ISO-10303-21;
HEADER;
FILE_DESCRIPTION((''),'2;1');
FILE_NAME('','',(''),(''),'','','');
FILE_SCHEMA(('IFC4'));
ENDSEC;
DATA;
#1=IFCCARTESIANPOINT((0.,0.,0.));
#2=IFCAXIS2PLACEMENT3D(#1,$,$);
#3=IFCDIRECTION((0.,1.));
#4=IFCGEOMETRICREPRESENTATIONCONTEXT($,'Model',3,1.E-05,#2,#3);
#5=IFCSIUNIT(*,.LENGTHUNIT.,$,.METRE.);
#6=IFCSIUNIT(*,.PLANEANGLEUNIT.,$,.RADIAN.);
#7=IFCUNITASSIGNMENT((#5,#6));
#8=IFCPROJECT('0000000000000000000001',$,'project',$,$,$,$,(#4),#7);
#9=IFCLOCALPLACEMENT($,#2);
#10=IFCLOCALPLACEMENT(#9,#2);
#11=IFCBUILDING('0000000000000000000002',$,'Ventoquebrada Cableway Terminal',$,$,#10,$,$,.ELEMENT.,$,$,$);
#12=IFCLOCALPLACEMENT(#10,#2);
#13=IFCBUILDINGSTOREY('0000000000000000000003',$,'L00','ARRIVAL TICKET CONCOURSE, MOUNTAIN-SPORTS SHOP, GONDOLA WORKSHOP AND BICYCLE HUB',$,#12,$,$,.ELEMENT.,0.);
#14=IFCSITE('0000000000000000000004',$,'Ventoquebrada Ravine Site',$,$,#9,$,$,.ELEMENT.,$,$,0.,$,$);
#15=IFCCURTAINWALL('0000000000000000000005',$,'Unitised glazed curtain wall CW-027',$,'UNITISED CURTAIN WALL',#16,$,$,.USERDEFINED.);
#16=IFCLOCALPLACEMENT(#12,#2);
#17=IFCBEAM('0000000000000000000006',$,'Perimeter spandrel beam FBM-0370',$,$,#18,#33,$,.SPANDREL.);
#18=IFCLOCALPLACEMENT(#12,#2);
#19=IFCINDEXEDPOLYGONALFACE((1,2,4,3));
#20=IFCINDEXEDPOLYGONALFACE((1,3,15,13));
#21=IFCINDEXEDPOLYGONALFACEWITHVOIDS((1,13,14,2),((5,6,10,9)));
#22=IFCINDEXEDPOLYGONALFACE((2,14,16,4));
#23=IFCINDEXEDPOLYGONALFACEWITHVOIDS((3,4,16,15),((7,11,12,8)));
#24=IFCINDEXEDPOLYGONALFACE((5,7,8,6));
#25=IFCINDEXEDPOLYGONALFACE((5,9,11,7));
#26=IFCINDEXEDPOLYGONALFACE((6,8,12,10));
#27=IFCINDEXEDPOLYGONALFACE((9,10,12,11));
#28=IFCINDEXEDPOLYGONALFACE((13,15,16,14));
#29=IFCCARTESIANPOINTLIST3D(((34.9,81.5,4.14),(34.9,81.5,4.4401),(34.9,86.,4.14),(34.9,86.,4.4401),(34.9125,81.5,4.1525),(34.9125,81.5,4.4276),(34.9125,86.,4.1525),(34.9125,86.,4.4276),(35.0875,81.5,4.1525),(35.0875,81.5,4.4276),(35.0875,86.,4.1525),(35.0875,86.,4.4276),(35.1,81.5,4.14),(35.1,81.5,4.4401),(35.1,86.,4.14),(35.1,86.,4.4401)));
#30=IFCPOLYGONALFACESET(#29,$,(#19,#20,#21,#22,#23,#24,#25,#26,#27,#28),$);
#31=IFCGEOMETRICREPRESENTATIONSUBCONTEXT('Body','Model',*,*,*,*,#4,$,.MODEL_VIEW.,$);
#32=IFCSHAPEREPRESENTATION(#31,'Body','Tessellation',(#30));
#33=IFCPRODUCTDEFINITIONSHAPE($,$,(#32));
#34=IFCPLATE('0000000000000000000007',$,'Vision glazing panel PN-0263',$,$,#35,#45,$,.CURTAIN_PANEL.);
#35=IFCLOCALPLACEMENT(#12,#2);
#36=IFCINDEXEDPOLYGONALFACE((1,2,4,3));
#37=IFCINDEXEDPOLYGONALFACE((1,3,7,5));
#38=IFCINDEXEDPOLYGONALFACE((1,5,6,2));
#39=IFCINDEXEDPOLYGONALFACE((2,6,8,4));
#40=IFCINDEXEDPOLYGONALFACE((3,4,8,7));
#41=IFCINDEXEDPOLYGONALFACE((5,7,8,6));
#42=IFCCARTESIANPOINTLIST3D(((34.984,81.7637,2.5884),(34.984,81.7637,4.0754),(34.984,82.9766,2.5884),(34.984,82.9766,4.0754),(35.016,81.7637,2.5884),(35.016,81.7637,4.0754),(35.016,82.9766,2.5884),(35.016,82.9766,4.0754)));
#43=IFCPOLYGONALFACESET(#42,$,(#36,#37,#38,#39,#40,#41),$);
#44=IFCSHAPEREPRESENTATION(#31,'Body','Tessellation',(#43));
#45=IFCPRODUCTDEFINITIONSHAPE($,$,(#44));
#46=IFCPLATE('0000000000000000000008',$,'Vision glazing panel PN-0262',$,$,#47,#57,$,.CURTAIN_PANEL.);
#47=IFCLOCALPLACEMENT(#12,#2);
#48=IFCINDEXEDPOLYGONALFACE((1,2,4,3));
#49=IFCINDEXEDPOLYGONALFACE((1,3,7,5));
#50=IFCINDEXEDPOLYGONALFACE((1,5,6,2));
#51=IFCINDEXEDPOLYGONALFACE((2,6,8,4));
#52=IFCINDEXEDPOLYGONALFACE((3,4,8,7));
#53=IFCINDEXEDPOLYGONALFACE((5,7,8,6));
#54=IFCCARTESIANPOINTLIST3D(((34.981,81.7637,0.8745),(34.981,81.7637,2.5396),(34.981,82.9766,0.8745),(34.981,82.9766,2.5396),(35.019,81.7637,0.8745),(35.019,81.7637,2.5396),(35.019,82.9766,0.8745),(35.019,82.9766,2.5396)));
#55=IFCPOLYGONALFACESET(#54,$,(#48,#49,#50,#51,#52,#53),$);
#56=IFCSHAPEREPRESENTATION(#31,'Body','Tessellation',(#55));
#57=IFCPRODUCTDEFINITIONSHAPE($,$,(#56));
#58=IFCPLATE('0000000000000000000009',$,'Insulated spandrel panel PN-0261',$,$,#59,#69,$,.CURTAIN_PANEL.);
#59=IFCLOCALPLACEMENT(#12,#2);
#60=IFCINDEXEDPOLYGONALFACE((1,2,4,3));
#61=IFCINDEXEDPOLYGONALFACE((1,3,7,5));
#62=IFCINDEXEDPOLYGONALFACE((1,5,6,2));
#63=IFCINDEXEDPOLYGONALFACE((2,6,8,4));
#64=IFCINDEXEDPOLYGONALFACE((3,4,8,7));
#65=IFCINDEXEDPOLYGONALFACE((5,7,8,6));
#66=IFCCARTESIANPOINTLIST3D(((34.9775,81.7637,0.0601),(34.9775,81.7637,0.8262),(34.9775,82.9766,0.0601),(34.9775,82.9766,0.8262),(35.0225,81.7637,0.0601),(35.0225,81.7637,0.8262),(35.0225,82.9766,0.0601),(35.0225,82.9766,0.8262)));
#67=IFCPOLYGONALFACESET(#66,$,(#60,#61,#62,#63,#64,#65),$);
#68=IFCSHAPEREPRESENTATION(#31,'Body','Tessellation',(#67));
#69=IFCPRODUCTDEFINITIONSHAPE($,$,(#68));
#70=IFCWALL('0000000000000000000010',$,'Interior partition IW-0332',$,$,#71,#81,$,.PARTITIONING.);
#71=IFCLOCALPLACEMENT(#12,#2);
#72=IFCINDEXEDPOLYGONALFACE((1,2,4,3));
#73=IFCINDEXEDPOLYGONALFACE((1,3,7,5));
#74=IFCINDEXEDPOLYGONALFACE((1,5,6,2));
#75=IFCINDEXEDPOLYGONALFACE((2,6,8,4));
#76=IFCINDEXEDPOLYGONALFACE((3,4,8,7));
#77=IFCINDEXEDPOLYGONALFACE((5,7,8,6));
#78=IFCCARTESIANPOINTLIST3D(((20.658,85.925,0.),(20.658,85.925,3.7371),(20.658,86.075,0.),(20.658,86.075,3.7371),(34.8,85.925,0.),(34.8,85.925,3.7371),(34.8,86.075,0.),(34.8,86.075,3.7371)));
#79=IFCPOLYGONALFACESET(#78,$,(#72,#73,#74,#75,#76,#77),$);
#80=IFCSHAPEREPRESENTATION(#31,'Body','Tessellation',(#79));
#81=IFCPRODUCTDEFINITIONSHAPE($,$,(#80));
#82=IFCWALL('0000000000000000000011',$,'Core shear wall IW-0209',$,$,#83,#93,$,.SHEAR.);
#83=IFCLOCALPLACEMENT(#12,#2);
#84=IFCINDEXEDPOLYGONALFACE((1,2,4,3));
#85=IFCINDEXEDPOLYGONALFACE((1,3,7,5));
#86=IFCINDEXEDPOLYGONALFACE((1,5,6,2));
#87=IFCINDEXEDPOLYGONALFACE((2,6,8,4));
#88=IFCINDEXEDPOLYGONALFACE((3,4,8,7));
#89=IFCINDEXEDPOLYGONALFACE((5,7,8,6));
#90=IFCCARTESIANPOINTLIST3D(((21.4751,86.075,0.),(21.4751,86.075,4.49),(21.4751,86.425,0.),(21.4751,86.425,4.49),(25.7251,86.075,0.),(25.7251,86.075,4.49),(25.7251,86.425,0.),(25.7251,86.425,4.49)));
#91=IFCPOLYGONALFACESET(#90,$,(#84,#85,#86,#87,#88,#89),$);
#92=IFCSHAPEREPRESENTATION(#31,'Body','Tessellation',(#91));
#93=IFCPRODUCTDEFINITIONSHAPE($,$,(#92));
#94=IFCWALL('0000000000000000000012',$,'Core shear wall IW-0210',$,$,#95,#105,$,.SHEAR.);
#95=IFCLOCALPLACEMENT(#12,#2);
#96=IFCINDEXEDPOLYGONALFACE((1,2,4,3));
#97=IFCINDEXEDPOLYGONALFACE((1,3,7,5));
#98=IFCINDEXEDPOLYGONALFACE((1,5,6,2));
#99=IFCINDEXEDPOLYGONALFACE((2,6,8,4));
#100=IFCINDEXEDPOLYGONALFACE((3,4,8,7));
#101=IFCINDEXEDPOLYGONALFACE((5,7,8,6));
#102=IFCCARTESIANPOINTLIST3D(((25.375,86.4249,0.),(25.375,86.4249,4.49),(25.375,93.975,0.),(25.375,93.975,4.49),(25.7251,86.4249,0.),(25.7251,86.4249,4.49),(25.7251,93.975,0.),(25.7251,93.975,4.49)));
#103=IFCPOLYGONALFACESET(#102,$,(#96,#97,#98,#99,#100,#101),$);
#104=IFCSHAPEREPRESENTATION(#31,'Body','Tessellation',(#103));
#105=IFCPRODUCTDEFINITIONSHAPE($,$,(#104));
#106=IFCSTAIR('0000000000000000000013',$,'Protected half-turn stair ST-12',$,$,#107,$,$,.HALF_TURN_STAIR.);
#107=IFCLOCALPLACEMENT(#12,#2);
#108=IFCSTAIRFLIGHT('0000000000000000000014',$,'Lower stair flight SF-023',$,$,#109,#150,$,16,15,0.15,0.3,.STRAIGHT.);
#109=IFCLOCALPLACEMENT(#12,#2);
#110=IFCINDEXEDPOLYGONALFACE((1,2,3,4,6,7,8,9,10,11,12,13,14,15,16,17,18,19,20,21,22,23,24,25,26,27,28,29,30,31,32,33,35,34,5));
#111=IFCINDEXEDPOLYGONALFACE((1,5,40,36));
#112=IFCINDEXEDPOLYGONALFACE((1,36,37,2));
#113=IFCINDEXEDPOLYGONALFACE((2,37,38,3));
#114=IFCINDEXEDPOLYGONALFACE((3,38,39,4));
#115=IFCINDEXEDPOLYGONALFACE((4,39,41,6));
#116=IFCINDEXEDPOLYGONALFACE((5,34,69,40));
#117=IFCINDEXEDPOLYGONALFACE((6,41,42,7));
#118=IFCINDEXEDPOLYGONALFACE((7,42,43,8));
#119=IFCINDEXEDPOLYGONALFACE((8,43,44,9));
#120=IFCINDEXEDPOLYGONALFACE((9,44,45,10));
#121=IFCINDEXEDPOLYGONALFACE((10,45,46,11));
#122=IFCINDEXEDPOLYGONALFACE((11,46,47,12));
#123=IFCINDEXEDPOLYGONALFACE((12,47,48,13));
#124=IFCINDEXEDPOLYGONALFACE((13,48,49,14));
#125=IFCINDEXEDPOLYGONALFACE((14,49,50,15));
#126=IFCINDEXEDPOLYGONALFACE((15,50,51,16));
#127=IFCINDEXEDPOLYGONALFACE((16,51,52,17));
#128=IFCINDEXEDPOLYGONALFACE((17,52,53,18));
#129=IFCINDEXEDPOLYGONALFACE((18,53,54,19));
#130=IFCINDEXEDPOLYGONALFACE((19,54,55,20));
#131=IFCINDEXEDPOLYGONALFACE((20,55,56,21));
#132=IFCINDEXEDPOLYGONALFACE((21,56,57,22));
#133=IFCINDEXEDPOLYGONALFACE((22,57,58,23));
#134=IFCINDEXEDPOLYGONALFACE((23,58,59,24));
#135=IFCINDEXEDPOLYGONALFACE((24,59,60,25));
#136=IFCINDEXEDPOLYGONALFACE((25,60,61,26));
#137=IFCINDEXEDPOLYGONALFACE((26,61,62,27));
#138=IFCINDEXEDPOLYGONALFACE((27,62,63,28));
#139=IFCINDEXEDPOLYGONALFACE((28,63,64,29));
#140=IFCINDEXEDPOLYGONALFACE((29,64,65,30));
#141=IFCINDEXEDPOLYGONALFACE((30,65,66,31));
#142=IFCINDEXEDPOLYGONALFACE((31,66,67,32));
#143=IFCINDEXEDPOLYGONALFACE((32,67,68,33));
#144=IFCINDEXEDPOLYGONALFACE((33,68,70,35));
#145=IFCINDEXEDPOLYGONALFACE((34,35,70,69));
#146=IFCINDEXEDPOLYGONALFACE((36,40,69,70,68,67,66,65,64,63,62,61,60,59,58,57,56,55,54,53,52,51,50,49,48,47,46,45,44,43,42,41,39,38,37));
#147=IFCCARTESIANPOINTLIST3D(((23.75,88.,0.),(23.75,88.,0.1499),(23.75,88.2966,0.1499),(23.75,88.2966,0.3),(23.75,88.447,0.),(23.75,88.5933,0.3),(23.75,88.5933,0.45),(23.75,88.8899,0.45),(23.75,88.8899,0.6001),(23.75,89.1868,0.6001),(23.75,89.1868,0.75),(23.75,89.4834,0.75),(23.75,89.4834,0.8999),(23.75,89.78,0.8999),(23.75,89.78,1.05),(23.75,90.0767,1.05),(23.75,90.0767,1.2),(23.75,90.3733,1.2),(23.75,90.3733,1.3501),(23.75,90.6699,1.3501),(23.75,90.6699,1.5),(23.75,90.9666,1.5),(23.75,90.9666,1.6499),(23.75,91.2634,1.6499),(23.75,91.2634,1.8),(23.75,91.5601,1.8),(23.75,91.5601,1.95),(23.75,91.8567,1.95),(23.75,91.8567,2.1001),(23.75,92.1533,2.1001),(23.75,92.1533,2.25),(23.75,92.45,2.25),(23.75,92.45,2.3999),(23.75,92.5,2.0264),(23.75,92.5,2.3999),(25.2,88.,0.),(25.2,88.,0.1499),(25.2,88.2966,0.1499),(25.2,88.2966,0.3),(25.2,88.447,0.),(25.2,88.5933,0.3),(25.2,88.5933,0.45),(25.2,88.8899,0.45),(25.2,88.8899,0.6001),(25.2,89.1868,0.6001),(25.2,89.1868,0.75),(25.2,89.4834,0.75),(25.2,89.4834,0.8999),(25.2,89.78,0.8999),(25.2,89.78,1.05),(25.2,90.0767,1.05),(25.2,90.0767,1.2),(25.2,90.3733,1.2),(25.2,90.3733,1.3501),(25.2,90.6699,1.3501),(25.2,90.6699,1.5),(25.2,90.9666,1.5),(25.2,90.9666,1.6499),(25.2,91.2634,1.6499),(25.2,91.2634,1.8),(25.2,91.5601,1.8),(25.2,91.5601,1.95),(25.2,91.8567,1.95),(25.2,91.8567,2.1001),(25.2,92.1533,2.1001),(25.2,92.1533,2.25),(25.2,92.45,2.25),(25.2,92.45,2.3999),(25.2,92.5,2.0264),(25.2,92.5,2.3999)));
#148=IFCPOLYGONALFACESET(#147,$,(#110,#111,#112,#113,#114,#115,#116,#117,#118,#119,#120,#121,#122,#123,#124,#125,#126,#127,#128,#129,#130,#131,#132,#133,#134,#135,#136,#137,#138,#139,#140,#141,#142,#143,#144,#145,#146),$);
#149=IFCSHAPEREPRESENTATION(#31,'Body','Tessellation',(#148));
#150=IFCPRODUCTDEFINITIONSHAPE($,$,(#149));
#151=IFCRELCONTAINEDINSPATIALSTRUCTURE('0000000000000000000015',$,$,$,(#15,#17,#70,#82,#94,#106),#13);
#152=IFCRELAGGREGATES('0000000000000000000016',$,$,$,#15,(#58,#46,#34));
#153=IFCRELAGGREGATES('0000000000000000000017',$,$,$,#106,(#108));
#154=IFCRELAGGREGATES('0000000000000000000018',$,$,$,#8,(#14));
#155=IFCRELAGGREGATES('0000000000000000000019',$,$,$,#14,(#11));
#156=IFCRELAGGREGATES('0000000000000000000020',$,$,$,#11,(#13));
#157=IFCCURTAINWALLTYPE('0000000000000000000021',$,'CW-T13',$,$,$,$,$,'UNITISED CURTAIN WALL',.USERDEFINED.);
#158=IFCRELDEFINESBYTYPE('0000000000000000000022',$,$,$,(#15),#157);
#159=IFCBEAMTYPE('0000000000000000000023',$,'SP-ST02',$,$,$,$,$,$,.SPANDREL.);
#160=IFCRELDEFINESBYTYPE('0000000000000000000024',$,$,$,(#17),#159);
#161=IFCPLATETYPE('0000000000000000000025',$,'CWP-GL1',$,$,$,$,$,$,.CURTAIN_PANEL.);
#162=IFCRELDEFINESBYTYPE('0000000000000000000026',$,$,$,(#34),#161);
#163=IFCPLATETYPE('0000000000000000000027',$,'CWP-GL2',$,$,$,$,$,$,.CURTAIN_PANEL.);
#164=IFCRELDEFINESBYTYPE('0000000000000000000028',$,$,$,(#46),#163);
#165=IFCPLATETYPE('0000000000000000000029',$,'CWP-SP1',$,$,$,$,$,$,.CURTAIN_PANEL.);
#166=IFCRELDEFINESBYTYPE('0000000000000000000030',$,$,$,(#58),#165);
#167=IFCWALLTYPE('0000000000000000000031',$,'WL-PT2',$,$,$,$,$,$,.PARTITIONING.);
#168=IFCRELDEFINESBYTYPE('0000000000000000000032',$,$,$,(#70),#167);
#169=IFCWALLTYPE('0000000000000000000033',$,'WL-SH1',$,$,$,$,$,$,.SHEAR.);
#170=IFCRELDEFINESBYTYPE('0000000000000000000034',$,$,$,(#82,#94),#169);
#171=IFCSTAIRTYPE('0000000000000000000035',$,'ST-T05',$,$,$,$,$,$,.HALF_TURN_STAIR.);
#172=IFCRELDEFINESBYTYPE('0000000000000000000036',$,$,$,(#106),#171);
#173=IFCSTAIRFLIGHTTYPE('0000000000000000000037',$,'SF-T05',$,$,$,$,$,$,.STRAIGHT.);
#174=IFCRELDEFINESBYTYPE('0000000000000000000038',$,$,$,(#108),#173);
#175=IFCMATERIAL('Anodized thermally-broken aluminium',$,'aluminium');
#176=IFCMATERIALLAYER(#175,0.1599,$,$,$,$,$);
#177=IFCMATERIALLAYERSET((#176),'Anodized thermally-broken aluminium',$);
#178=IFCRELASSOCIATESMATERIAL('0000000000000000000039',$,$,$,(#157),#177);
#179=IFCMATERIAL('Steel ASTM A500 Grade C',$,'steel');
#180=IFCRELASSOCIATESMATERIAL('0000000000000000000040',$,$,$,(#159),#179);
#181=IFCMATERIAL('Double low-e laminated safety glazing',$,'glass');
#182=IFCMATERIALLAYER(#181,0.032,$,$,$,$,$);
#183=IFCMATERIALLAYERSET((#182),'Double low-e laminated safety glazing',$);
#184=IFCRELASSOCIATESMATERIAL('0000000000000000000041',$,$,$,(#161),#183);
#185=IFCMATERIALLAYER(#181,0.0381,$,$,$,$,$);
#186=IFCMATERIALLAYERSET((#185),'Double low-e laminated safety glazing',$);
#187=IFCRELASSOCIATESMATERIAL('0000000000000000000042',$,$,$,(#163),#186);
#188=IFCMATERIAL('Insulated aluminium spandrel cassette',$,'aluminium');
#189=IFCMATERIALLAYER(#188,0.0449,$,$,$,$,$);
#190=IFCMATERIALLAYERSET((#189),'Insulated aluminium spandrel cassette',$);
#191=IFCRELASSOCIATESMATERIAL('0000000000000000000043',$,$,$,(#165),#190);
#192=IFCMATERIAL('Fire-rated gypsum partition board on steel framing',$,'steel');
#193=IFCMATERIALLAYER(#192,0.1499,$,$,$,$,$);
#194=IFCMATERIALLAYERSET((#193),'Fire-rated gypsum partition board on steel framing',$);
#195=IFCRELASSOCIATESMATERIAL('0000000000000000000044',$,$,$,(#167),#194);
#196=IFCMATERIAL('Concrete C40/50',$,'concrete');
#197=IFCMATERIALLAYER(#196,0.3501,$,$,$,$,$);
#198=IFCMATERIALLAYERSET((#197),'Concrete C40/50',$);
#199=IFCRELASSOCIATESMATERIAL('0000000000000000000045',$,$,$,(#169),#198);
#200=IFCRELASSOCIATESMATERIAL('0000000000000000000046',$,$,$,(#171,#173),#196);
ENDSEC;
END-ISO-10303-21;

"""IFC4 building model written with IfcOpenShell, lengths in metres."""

from ifc_helpers import new_model, si_unit, direction, frame, frame_2d, origin, origin_2d, place, context, subcontext, project, spatial, polyline, rectangle, hollow_rectangle, outline, extrude, material, layer, layer_set, material_profile, profile_set, type_object, element, aggregate, save


model = new_model("IFC4")

# Units and contexts
model_context = context("Model", 3, precision=1e-05, world=origin(), true_north=direction((0.0, 1.0)))
body_context = subcontext(model_context, "Body", "Model", "MODEL_VIEW")
ifc_project = project(units=[si_unit("LENGTHUNIT", "METRE"), si_unit("PLANEANGLEUNIT", "RADIAN")], contexts=[model_context])

# Site, building, storey
site_placement = place(None, origin())
site = spatial("IfcSite", under=ifc_project, at=site_placement, Name="Ventoquebrada Ravine Site", CompositionType="ELEMENT", RefElevation=0.0)
building_placement = place(site_placement, origin())
building = spatial("IfcBuilding", under=site, at=building_placement, Name="Ventoquebrada Cableway Terminal", CompositionType="ELEMENT")
storey_placement = place(building_placement, origin())
storey = spatial("IfcBuildingStorey", under=building, at=storey_placement, Name="L00", Description="ARRIVAL TICKET CONCOURSE, MOUNTAIN-SPORTS SHOP, GONDOLA WORKSHOP AND BICYCLE HUB", CompositionType="ELEMENT", Elevation=0.0)

# Shared definitions
ifc_material_1 = material(Name="Concrete C40/50", Category="concrete")

# Curtain wall
ifc_material_2 = material(Name="Anodized thermally-broken aluminium", Category="aluminium")
ifc_layer_1 = layer(ifc_material_2, 0.1599)
ifc_layer_set_1 = layer_set([ifc_layer_1], Name="Anodized thermally-broken aluminium")
curtain_wall_type = type_object("IfcCurtainWallType", Name="CW-T13", ElementType="UNITISED CURTAIN WALL", PredefinedType="USERDEFINED", material=ifc_layer_set_1)
curtain_wall_placement = place(storey_placement, origin())
curtain_wall = element("IfcCurtainWall", 1, at=curtain_wall_placement, inside=storey, type_object=curtain_wall_type, Name="Unitised glazed curtain wall CW-027", ObjectType="UNITISED CURTAIN WALL", PredefinedType="USERDEFINED")

# Beam
ifc_material_3 = material(Name="Steel ASTM A500 Grade C", Category="steel")
ifc_material_profile_1 = material_profile(ifc_material_3, hollow_rectangle(XDim=0.2, YDim=0.3, WallThickness=0.0125, at=origin_2d()), Name="RHS300X200X12.5")
ifc_profile_set_1 = profile_set([ifc_material_profile_1], Name="Steel ASTM A500 Grade C")
beam_type_1 = type_object("IfcBeamType", Name="SP-ST02", PredefinedType="SPANDREL", material=ifc_profile_set_1)
beam_1_placement = place(storey_placement, frame((35.0, 81.5, 4.29), z_axis=(0.0, 1.0, 0.0), x_axis=(-1.0, 0.0, 0.0)))
element("IfcBeam", 2, at=beam_1_placement, inside=storey, type_object=beam_type_1, Name="Perimeter spandrel beam FBM-0370", PredefinedType="SPANDREL", context=body_context, shape_type="SweptSolid", body=[
    extrude(hollow_rectangle(XDim=0.2, YDim=0.3, WallThickness=0.0125, at=origin_2d()), origin(), (0.0, 0.0, 1.0), 4.5),
])

# Plates
ifc_material_4 = material(Name="Double low-e laminated safety glazing", Category="glass")
ifc_layer_2 = layer(ifc_material_4, 0.032)
ifc_layer_set_2 = layer_set([ifc_layer_2], Name="Double low-e laminated safety glazing")
plate_type_1 = type_object("IfcPlateType", Name="CWP-GL1", PredefinedType="CURTAIN_PANEL", material=ifc_layer_set_2)
plate_1_placement = place(storey_placement, frame((35.0, 82.3701, 2.5884), z_axis=(0.0, 0.0, 1.0), x_axis=(0.0, 1.0, 0.0)))
plate_1 = element("IfcPlate", 3, at=plate_1_placement, type_object=plate_type_1, Name="Vision glazing panel PN-0263", PredefinedType="CURTAIN_PANEL", context=body_context, shape_type="SweptSolid", body=[
    extrude(rectangle(XDim=1.2129, YDim=0.032, at=origin_2d()), origin(), (0.0, 0.0, 1.0), 1.4871),
])
ifc_layer_3 = layer(ifc_material_4, 0.0381)
ifc_layer_set_3 = layer_set([ifc_layer_3], Name="Double low-e laminated safety glazing")
plate_type_2 = type_object("IfcPlateType", Name="CWP-GL2", PredefinedType="CURTAIN_PANEL", material=ifc_layer_set_3)
plate_2_placement = place(storey_placement, frame((35.0, 82.3701, 0.8745), z_axis=(0.0, 0.0, 1.0), x_axis=(0.0, 1.0, 0.0)))
plate_2 = element("IfcPlate", 4, at=plate_2_placement, type_object=plate_type_2, Name="Vision glazing panel PN-0262", PredefinedType="CURTAIN_PANEL", context=body_context, shape_type="SweptSolid", body=[
    extrude(rectangle(XDim=1.2129, YDim=0.0381, at=origin_2d()), origin(), (0.0, 0.0, 1.0), 1.665),
])
ifc_material_5 = material(Name="Insulated aluminium spandrel cassette", Category="aluminium")
ifc_layer_4 = layer(ifc_material_5, 0.0449)
ifc_layer_set_4 = layer_set([ifc_layer_4], Name="Insulated aluminium spandrel cassette")
plate_type_3 = type_object("IfcPlateType", Name="CWP-SP1", PredefinedType="CURTAIN_PANEL", material=ifc_layer_set_4)
plate_3_placement = place(storey_placement, frame((35.0, 82.3701, 0.0601), z_axis=(0.0, 0.0, 1.0), x_axis=(0.0, 1.0, 0.0)))
plate_3 = element("IfcPlate", 5, at=plate_3_placement, type_object=plate_type_3, Name="Insulated spandrel panel PN-0261", PredefinedType="CURTAIN_PANEL", context=body_context, shape_type="SweptSolid", body=[
    extrude(rectangle(XDim=1.2129, YDim=0.0449, at=origin_2d()), origin(), (0.0, 0.0, 1.0), 0.7661),
])
aggregate(curtain_wall, [plate_3, plate_2, plate_1])

# Walls
ifc_material_6 = material(Name="Fire-rated gypsum partition board on steel framing", Category="steel")
ifc_layer_5 = layer(ifc_material_6, 0.1499)
ifc_layer_set_5 = layer_set([ifc_layer_5], Name="Fire-rated gypsum partition board on steel framing")
wall_type_1 = type_object("IfcWallType", Name="WL-PT2", PredefinedType="PARTITIONING", material=ifc_layer_set_5)
wall_1_placement = place(storey_placement, frame((20.658, 86.0, 0.0), z_axis=(0.0, 0.0, 1.0), x_axis=(1.0, 0.0, 0.0)))
element("IfcWall", 6, at=wall_1_placement, inside=storey, type_object=wall_type_1, Name="Interior partition IW-0332", PredefinedType="PARTITIONING", context=body_context, shape_type="SweptSolid", body=[
    extrude(rectangle(XDim=14.1421, YDim=0.1499, at=frame_2d((7.071, 0.0))), origin(), (0.0, 0.0, 1.0), 3.7371),
])
ifc_layer_6 = layer(ifc_material_1, 0.3501)
ifc_layer_set_6 = layer_set([ifc_layer_6], Name="Concrete C40/50")
wall_type_2 = type_object("IfcWallType", Name="WL-SH1", PredefinedType="SHEAR", material=ifc_layer_set_6)
wall_2_placement = place(storey_placement, frame((21.4751, 86.25, 0.0), z_axis=(0.0, 0.0, 1.0), x_axis=(1.0, 0.0, 0.0)))
element("IfcWall", 7, at=wall_2_placement, inside=storey, type_object=wall_type_2, Name="Core shear wall IW-0209", PredefinedType="SHEAR", context=body_context, shape_type="SweptSolid", body=[
    extrude(rectangle(XDim=4.25, YDim=0.3501, at=frame_2d((2.125, 0.0))), origin(), (0.0, 0.0, 1.0), 4.49),
])
wall_3_placement = place(storey_placement, frame((25.55, 86.425, 0.0), z_axis=(0.0, 0.0, 1.0), x_axis=(0.0, 1.0, 0.0)))
element("IfcWall", 8, at=wall_3_placement, inside=storey, type_object=wall_type_2, Name="Core shear wall IW-0210", PredefinedType="SHEAR", context=body_context, shape_type="SweptSolid", body=[
    extrude(rectangle(XDim=7.55, YDim=0.3501, at=frame_2d((3.7749, 0.0))), origin(), (0.0, 0.0, 1.0), 4.49),
])

# Stair, stair flight
stair_type = type_object("IfcStairType", Name="ST-T05", PredefinedType="HALF_TURN_STAIR", material=ifc_material_1)
stair_placement = place(storey_placement, origin())
stair = element("IfcStair", 9, at=stair_placement, inside=storey, type_object=stair_type, Name="Protected half-turn stair ST-12", PredefinedType="HALF_TURN_STAIR")
stair_flight_type = type_object("IfcStairFlightType", Name="SF-T05", PredefinedType="STRAIGHT", material=ifc_material_1)
stair_flight_placement = place(storey_placement, frame((24.4751, 88.0, 0.0), z_axis=(0.0, 0.0, 1.0), x_axis=(0.0, 1.0, 0.0)))
stair_flight = element("IfcStairFlight", 10, at=stair_flight_placement, type_object=stair_flight_type, Name="Lower stair flight SF-023", NumberOfRisers=16, NumberOfTreads=15, PredefinedType="STRAIGHT", RiserHeight=0.15, TreadLength=0.3, context=body_context, shape_type="SweptSolid", body=[
    extrude(outline(polyline([(0.0, 0.0), (0.0, 0.1499), (0.2966, 0.1499), (0.2966, 0.3), (0.5933, 0.3), (0.5933, 0.45), (0.8899, 0.45), (0.8899, 0.6001), (1.1868, 0.6001), (1.1868, 0.75), (1.4834, 0.75), (1.4834, 0.8999), (1.78, 0.8999), (1.78, 1.05), (2.0767, 1.05), (2.0767, 1.2), (2.3733, 1.2), (2.3733, 1.3501), (2.6699, 1.3501), (2.6699, 1.5), (2.9666, 1.5), (2.9666, 1.6499), (3.2634, 1.6499), (3.2634, 1.8), (3.5601, 1.8), (3.5601, 1.95), (3.8567, 1.95), (3.8567, 2.1001), (4.1533, 2.1001), (4.1533, 2.25), (4.45, 2.25), (4.45, 2.3999), (4.5, 2.3999), (4.5, 2.0264), (0.447, 0.0), (0.0, 0.0)])), frame((0.0, 0.7251, 0.0), z_axis=(0.0, -1.0, 0.0), x_axis=(1.0, 0.0, 0.0)), (0.0, 0.0, 1.0), 1.45),
])
aggregate(stair, [stair_flight])

save(model, "model.ifc")
